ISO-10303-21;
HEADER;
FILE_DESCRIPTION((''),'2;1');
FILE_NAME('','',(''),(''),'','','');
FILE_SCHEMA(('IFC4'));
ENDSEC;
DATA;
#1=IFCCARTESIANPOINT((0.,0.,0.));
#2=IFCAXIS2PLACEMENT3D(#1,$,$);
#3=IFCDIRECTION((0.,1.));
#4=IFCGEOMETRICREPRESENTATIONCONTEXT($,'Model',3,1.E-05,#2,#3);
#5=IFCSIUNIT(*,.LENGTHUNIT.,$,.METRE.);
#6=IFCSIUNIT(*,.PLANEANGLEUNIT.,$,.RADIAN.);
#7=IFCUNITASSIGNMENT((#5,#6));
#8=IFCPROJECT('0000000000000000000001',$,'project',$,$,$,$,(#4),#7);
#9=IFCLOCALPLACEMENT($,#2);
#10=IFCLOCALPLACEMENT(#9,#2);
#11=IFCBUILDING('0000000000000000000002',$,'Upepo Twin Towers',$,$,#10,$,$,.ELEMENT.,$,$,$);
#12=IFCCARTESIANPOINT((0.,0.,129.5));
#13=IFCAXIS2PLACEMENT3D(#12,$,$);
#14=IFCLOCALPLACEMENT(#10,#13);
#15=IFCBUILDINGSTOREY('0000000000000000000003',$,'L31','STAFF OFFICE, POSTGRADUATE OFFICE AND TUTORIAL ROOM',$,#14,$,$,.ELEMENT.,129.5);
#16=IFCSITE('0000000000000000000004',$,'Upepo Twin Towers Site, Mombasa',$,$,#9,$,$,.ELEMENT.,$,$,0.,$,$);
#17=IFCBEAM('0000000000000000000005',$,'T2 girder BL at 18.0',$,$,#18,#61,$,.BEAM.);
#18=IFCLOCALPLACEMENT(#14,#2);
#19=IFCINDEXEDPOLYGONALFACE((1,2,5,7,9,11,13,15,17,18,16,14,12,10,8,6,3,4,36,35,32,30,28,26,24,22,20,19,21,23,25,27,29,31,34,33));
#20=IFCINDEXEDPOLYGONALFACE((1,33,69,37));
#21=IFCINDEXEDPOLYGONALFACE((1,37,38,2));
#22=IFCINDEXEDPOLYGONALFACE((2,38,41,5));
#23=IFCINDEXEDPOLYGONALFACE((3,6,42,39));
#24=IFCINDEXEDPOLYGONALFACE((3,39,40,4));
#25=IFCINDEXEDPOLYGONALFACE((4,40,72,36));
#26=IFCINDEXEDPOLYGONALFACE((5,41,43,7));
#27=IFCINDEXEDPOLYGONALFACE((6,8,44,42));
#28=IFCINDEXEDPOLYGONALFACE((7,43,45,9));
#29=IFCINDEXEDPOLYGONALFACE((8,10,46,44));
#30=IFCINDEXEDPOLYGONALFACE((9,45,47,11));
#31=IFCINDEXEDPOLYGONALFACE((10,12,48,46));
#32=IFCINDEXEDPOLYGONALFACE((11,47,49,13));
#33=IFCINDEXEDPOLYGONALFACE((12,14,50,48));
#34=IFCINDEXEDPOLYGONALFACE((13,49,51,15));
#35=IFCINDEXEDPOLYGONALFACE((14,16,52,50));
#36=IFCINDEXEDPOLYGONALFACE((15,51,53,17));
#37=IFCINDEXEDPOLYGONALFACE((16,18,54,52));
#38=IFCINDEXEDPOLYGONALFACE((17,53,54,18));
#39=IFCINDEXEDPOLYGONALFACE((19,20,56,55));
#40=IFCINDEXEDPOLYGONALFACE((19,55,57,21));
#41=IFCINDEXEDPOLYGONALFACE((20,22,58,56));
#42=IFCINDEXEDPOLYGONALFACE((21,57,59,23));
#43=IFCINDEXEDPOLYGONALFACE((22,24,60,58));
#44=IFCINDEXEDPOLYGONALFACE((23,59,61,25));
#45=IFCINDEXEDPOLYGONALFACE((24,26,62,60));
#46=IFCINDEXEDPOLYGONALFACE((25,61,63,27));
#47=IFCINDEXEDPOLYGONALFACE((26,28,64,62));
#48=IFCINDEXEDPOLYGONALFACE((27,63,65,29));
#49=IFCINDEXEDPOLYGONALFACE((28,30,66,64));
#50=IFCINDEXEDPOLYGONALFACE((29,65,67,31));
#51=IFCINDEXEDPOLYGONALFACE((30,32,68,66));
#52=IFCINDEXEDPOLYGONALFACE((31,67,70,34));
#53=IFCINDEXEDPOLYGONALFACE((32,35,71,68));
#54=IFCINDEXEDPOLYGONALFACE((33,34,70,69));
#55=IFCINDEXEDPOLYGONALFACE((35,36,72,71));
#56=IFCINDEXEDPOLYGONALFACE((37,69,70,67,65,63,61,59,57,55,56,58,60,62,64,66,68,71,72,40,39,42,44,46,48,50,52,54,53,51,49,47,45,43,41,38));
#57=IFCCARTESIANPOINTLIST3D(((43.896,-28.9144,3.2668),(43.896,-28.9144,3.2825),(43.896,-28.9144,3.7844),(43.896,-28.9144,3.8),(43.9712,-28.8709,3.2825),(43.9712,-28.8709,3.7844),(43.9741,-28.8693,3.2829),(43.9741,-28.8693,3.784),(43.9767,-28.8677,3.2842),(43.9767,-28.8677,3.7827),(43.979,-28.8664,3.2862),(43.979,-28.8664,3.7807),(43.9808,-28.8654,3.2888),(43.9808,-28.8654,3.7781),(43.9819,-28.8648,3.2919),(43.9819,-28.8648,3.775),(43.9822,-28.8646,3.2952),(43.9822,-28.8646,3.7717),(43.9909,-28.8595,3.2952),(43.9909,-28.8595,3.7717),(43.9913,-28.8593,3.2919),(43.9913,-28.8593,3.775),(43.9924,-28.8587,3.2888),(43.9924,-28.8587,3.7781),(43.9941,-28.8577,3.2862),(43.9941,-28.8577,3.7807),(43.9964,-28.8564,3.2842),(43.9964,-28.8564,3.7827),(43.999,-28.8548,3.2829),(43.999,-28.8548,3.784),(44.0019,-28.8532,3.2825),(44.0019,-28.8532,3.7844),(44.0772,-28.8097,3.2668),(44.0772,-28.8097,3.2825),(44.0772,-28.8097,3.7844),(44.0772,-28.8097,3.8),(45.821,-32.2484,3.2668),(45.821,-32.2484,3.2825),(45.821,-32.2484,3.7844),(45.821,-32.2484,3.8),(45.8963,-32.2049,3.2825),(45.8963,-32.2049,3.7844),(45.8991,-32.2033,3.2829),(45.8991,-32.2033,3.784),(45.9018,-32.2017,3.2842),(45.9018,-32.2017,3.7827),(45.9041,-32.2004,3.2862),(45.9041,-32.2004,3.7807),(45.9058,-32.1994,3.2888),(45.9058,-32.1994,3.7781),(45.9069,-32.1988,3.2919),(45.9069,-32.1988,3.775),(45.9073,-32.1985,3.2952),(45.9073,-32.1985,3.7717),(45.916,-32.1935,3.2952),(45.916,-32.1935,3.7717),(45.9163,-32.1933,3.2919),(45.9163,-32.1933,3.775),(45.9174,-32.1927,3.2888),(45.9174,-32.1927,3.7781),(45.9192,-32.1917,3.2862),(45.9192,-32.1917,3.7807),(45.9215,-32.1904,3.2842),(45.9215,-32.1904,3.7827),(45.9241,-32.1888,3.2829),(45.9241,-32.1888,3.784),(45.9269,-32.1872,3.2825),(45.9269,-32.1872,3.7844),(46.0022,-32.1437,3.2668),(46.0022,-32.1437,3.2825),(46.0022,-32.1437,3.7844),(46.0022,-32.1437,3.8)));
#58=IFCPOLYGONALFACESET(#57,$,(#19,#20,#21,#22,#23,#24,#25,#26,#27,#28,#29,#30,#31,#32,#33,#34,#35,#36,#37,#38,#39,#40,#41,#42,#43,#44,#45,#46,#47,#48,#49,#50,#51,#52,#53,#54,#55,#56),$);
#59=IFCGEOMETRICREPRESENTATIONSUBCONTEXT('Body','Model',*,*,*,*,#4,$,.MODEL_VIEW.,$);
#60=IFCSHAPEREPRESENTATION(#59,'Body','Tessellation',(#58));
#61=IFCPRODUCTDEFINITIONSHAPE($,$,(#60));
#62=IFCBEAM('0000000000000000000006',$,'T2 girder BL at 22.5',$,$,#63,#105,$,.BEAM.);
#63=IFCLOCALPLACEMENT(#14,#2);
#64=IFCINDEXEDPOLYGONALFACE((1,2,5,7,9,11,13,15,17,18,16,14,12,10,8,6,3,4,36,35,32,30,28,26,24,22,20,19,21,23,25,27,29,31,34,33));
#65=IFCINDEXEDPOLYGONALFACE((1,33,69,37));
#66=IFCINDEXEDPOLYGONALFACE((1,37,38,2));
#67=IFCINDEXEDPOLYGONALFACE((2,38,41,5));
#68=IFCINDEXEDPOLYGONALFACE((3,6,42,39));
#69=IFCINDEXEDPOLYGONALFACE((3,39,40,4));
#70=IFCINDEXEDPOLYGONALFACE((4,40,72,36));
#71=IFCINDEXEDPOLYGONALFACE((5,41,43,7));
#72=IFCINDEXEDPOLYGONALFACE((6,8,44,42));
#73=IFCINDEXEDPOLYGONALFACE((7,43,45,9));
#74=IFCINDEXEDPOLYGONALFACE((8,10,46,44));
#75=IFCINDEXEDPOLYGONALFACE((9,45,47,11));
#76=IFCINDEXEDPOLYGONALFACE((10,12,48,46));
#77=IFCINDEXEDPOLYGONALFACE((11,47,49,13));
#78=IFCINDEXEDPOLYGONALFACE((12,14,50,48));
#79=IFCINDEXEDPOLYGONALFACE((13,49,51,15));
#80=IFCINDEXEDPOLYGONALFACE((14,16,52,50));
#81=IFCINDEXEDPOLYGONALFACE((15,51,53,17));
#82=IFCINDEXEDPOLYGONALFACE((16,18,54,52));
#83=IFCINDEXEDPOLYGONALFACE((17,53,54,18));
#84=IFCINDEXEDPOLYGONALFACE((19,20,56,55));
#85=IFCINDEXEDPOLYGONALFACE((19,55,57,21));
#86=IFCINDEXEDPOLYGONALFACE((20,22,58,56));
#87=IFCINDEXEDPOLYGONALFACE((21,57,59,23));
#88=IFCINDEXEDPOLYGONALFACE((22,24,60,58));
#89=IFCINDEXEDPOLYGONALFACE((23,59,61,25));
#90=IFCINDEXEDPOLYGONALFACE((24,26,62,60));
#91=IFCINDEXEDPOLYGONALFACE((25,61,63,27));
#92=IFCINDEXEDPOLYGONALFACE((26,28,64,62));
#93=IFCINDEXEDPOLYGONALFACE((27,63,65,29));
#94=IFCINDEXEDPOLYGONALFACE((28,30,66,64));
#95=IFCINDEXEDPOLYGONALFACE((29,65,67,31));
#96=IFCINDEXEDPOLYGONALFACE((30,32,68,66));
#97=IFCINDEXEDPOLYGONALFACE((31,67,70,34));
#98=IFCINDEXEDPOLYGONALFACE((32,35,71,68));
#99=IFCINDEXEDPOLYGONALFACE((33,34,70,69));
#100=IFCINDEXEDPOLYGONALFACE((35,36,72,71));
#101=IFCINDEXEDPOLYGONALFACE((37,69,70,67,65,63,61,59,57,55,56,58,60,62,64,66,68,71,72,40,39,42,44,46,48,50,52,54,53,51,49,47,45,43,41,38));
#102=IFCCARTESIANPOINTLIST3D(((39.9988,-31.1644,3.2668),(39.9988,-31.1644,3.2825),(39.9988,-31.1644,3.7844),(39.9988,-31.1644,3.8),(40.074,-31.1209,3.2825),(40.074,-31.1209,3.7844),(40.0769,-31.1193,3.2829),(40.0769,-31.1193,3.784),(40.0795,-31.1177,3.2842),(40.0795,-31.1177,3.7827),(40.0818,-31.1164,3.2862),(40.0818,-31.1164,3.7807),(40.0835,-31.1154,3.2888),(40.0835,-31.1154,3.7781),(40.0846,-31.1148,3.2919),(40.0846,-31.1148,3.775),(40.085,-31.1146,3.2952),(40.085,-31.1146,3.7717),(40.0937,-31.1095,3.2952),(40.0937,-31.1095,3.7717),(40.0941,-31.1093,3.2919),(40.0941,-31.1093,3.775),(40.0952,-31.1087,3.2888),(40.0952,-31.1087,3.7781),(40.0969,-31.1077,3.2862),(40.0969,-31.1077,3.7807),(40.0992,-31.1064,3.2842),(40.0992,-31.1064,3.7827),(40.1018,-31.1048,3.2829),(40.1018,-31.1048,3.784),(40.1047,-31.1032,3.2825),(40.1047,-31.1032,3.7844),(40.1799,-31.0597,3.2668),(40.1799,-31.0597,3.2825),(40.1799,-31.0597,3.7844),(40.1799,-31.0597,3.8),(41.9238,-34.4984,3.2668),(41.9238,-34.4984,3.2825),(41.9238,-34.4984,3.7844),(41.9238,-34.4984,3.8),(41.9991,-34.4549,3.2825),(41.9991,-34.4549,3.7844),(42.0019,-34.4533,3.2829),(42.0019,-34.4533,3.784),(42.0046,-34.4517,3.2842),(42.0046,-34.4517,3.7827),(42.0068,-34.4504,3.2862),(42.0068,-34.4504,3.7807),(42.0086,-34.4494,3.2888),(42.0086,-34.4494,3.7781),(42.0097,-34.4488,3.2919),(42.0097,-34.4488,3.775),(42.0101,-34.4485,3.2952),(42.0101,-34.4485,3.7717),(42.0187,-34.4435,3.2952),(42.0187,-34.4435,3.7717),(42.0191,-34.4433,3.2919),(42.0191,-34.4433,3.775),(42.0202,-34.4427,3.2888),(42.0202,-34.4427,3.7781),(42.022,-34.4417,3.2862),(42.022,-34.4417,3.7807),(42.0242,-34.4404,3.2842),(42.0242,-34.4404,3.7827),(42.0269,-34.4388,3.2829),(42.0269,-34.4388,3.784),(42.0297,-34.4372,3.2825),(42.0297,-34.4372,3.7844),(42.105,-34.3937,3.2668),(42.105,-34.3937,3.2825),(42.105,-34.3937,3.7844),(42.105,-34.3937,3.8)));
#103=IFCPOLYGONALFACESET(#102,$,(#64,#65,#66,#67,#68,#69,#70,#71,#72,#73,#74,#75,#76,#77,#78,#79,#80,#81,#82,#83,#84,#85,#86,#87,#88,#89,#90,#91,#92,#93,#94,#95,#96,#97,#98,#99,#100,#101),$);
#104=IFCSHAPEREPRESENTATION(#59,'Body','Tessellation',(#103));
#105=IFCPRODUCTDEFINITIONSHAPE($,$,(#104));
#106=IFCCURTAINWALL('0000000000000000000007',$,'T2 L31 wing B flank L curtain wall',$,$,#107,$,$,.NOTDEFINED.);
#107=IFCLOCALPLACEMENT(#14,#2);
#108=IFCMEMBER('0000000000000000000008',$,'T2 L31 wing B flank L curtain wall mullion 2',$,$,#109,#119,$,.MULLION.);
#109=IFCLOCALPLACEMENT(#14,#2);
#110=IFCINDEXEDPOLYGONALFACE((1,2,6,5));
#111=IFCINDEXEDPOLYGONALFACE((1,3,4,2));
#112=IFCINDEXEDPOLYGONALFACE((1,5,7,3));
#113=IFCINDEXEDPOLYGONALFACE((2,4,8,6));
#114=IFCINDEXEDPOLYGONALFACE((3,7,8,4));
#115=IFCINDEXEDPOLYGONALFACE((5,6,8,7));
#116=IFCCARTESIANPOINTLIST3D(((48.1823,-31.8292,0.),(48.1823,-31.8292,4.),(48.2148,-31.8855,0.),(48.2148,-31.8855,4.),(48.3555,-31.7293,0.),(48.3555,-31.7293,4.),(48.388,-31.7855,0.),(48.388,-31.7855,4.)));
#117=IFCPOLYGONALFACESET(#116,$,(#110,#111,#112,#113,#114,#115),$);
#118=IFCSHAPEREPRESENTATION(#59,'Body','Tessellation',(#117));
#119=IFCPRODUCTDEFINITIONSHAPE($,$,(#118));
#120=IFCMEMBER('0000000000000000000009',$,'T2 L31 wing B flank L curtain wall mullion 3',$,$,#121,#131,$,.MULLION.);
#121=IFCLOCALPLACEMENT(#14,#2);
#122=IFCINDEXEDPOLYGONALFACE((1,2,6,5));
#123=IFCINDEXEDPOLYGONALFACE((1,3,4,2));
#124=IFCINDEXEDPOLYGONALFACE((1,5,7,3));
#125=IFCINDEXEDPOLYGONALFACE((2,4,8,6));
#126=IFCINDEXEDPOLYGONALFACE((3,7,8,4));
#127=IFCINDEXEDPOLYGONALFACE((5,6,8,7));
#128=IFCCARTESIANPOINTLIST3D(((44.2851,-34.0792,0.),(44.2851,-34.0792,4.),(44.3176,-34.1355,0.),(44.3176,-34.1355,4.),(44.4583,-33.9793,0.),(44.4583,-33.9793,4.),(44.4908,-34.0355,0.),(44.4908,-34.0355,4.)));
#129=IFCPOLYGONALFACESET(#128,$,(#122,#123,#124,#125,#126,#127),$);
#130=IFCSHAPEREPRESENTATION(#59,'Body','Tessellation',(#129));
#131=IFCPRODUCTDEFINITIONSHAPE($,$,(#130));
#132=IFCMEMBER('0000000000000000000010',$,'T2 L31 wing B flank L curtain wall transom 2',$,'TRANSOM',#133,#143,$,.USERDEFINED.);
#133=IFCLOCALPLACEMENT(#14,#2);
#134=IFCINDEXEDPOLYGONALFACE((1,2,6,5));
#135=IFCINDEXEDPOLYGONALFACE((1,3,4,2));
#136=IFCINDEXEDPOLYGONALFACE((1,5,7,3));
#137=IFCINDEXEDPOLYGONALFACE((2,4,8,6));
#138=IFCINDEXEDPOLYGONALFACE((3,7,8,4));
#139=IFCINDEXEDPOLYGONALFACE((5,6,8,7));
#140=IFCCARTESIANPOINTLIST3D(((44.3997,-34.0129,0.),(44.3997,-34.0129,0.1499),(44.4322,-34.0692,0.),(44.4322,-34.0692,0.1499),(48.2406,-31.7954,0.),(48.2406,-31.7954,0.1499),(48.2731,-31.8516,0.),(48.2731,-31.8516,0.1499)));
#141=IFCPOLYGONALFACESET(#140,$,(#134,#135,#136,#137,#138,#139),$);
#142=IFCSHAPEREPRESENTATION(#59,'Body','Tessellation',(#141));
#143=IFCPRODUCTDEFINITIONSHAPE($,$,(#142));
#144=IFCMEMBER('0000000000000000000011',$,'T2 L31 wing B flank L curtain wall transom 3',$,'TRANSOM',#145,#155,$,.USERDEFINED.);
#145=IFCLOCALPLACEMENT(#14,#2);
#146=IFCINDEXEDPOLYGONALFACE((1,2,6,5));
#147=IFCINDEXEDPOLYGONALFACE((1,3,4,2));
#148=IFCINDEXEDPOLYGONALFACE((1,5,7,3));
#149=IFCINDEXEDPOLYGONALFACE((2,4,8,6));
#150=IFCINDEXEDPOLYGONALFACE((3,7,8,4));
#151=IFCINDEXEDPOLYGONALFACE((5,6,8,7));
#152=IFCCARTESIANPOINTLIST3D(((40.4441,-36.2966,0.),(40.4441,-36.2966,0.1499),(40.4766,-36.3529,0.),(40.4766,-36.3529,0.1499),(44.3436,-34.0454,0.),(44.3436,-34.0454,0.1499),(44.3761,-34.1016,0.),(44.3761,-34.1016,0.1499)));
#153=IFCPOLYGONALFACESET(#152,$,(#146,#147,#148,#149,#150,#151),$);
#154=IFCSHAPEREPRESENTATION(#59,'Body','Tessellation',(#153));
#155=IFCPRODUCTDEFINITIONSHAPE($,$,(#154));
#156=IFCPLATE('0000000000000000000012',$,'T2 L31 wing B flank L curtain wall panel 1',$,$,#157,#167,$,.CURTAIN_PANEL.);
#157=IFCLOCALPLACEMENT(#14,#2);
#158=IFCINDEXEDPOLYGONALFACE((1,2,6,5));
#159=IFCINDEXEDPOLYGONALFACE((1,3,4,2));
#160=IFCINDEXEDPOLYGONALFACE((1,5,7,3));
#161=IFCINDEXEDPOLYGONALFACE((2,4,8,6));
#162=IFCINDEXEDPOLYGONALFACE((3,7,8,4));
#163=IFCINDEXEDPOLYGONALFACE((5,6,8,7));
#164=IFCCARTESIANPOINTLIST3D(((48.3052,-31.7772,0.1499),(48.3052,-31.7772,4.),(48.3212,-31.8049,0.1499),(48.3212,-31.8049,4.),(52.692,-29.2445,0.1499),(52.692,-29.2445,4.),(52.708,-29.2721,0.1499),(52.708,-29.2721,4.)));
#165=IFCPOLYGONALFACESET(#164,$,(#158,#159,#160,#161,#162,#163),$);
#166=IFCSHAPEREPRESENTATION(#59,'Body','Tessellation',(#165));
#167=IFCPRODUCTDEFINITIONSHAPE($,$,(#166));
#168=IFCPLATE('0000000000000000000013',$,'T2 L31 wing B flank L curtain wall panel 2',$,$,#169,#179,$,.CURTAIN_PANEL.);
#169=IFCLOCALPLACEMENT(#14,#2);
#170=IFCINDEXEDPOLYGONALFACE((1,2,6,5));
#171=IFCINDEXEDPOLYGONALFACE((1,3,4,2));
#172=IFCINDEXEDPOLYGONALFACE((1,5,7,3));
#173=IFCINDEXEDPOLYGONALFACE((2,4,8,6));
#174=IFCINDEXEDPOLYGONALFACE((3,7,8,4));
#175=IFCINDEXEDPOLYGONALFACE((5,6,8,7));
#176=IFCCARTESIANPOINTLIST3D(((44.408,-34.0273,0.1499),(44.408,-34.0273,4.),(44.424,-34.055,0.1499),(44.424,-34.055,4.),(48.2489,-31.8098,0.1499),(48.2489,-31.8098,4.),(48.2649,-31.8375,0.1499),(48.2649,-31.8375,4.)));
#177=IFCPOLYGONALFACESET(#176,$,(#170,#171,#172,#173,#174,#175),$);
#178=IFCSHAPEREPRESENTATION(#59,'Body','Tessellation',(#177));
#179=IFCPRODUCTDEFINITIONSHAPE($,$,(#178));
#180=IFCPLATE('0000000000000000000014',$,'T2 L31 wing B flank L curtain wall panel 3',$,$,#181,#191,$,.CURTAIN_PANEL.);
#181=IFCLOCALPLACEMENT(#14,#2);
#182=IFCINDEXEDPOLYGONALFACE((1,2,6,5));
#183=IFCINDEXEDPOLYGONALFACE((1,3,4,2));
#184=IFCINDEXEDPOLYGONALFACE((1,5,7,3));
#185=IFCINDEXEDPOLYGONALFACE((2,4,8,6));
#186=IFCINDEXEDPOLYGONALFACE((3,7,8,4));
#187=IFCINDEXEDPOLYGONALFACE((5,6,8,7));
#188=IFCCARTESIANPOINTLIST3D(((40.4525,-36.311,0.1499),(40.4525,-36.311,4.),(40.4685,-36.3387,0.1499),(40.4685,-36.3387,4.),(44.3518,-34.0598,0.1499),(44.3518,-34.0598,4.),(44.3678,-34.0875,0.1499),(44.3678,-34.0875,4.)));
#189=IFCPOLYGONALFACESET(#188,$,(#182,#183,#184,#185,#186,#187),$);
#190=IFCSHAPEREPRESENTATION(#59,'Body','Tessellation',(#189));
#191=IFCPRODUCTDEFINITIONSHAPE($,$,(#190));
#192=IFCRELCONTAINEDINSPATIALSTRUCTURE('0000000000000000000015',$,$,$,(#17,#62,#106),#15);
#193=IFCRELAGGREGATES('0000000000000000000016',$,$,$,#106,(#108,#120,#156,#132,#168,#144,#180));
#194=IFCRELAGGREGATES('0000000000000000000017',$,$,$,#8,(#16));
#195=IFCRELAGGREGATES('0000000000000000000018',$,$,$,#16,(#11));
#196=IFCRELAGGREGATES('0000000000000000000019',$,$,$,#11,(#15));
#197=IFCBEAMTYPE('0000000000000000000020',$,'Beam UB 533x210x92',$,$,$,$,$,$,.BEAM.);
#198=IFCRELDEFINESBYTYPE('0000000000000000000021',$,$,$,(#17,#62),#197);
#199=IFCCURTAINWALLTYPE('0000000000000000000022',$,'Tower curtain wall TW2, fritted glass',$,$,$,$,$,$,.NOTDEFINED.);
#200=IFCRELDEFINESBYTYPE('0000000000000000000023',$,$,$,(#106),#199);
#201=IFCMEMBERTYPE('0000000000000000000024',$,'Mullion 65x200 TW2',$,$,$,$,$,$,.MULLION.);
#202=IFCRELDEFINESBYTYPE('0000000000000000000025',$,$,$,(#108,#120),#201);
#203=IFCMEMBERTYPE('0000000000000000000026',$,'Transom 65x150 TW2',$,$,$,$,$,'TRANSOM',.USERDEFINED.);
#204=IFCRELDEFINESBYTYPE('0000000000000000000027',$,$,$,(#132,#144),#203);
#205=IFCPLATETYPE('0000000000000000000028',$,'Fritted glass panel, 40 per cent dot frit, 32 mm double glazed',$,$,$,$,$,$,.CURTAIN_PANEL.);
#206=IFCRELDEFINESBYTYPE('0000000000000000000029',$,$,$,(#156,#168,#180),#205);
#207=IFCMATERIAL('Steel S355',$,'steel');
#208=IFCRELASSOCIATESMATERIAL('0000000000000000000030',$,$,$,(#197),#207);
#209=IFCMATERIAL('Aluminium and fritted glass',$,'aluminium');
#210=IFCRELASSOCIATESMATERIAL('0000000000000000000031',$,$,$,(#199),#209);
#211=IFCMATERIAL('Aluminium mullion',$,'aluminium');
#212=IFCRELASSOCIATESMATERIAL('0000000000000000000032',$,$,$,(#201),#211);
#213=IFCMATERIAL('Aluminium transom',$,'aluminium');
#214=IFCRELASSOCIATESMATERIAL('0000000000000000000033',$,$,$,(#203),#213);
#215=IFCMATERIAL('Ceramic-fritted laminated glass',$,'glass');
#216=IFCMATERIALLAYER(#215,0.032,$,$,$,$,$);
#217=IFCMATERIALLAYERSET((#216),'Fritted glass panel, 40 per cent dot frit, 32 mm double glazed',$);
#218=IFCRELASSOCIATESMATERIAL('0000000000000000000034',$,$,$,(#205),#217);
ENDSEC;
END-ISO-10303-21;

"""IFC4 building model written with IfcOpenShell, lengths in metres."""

from ifc_helpers import new_model, si_unit, direction, frame, origin, origin_2d, place, context, subcontext, project, spatial, rectangle, i_section, extrude, material, layer, layer_set, material_profile, profile_set, type_object, element, aggregate, save


model = new_model("IFC4")

# Units and contexts
model_context = context("Model", 3, precision=1e-05, world=origin(), true_north=direction((0.0, 1.0)))
body_context = subcontext(model_context, "Body", "Model", "MODEL_VIEW")
ifc_project = project(units=[si_unit("LENGTHUNIT", "METRE"), si_unit("PLANEANGLEUNIT", "RADIAN")], contexts=[model_context])

# Site, building, storey
site_placement = place(None, origin())
site = spatial("IfcSite", under=ifc_project, at=site_placement, Name="Upepo Twin Towers Site, Mombasa", CompositionType="ELEMENT", RefElevation=0.0)
building_placement = place(site_placement, origin())
building = spatial("IfcBuilding", under=site, at=building_placement, Name="Upepo Twin Towers", CompositionType="ELEMENT")
storey_placement = place(building_placement, frame((0.0, 0.0, 129.5)))
storey = spatial("IfcBuildingStorey", under=building, at=storey_placement, Name="L31", Description="STAFF OFFICE, POSTGRADUATE OFFICE AND TUTORIAL ROOM", CompositionType="ELEMENT", Elevation=129.5)

# Beams
ifc_material_1 = material(Name="Steel S355", Category="steel")
ifc_material_profile_1 = material_profile(ifc_material_1, i_section(OverallWidth=0.2092, OverallDepth=0.5332, WebThickness=0.01, FlangeThickness=0.0156, FilletRadius=0.0127, at=origin_2d()), Name="UB 533x210x92")
ifc_profile_set_1 = profile_set([ifc_material_profile_1], Name="Steel S355")
beam_type_1 = type_object("IfcBeamType", Name="Beam UB 533x210x92", PredefinedType="BEAM", material=ifc_profile_set_1)
for number, where, z_axis, x_axis, name in (
    (1, (45.9116, -32.196, 3.5334), (-0.500034, 0.866006, 0.0), (-0.866006, -0.500034, 0.0), "T2 girder BL at 18.0"),
    (2, (42.0144, -34.446, 3.5334), (-0.500034, 0.866006, 0.0), (-0.866006, -0.500034, 0.0), "T2 girder BL at 22.5"),
):
    element("IfcBeam", number, at=place(storey_placement, frame(where, z_axis=z_axis, x_axis=x_axis)), inside=storey, type_object=beam_type_1, Name=name, PredefinedType="BEAM", context=body_context, shape_type="SweptSolid", body=[
        extrude(i_section(OverallWidth=0.2092, OverallDepth=0.5332, WebThickness=0.01, FlangeThickness=0.0156, FilletRadius=0.0127, at=origin_2d()), origin(), (0.0, 0.0, 1.0), 3.8499),
    ])

# Curtain wall, members, plates
ifc_material_2 = material(Name="Aluminium and fritted glass", Category="aluminium")
curtain_wall_type = type_object("IfcCurtainWallType", Name="Tower curtain wall TW2, fritted glass", PredefinedType="NOTDEFINED", material=ifc_material_2)
curtain_wall_placement = place(storey_placement, origin())
curtain_wall = element("IfcCurtainWall", 3, at=curtain_wall_placement, inside=storey, type_object=curtain_wall_type, Name="T2 L31 wing B flank L curtain wall", PredefinedType="NOTDEFINED")
ifc_material_3 = material(Name="Aluminium mullion", Category="aluminium")
ifc_material_profile_2 = material_profile(ifc_material_3, rectangle(XDim=0.0649, YDim=0.2, at=origin_2d()), Name="MULLION 65x200")
ifc_profile_set_2 = profile_set([ifc_material_profile_2], Name="Aluminium mullion")
member_type_1 = type_object("IfcMemberType", Name="Mullion 65x200 TW2", PredefinedType="MULLION", material=ifc_profile_set_2)
member_1_placement = place(storey_placement, frame((48.2852, -31.8074, 0.0), z_axis=(0.0, 0.0, 1.0), x_axis=(0.5, -0.866025, 0.0)))
member_1 = element("IfcMember", 4, at=member_1_placement, type_object=member_type_1, Name="T2 L31 wing B flank L curtain wall mullion 2", PredefinedType="MULLION", context=body_context, shape_type="SweptSolid", body=[
    extrude(rectangle(XDim=0.0649, YDim=0.2, at=origin_2d()), origin(), (0.0, 0.0, 1.0), 4.0),
])
member_2_placement = place(storey_placement, frame((44.3879, -34.0574, 0.0), z_axis=(0.0, 0.0, 1.0), x_axis=(0.5, -0.866025, 0.0)))
member_2 = element("IfcMember", 5, at=member_2_placement, type_object=member_type_1, Name="T2 L31 wing B flank L curtain wall mullion 3", PredefinedType="MULLION", context=body_context, shape_type="SweptSolid", body=[
    extrude(rectangle(XDim=0.0649, YDim=0.2, at=origin_2d()), origin(), (0.0, 0.0, 1.0), 4.0),
])
ifc_material_4 = material(Name="Aluminium transom", Category="aluminium")
ifc_material_profile_3 = material_profile(ifc_material_4, rectangle(XDim=0.0649, YDim=0.1499, at=origin_2d()), Name="TRANSOM 65x150")
ifc_profile_set_3 = profile_set([ifc_material_profile_3], Name="Aluminium transom")
member_type_2 = type_object("IfcMemberType", Name="Transom 65x150 TW2", ElementType="TRANSOM", PredefinedType="USERDEFINED", material=ifc_profile_set_3)
member_3_placement = place(storey_placement, frame((48.2568, -31.8235, 0.075), z_axis=(-0.866022, -0.500005, 0.0), x_axis=(0.500005, -0.866022, 0.0)))
member_3 = element("IfcMember", 6, at=member_3_placement, type_object=member_type_2, Name="T2 L31 wing B flank L curtain wall transom 2", ObjectType="TRANSOM", PredefinedType="USERDEFINED", context=body_context, shape_type="SweptSolid", body=[
    extrude(rectangle(XDim=0.0649, YDim=0.1499, at=origin_2d()), origin(), (0.0, 0.0, 1.0), 4.4351),
])
member_4_placement = place(storey_placement, frame((44.3599, -34.0735, 0.075), z_axis=(-0.866036, -0.499982, 0.0), x_axis=(0.499982, -0.866036, 0.0)))
member_4 = element("IfcMember", 7, at=member_4_placement, type_object=member_type_2, Name="T2 L31 wing B flank L curtain wall transom 3", ObjectType="TRANSOM", PredefinedType="USERDEFINED", context=body_context, shape_type="SweptSolid", body=[
    extrude(rectangle(XDim=0.0649, YDim=0.1499, at=origin_2d()), origin(), (0.0, 0.0, 1.0), 4.5027),
])
ifc_material_5 = material(Name="Ceramic-fritted laminated glass", Category="glass")
ifc_layer_1 = layer(ifc_material_5, 0.032)
ifc_layer_set_1 = layer_set([ifc_layer_1], Name="Fritted glass panel, 40 per cent dot frit, 32 mm double glazed")
plate_type = type_object("IfcPlateType", Name="Fritted glass panel, 40 per cent dot frit, 32 mm double glazed", PredefinedType="CURTAIN_PANEL", material=ifc_layer_set_1)
plate_1_placement = place(storey_placement, frame((50.5066, -30.5247, 0.1499), z_axis=(0.0, 0.0, 1.0), x_axis=(-0.866025, -0.5, 0.0)))
plate_1 = element("IfcPlate", 8, at=plate_1_placement, type_object=plate_type, Name="T2 L31 wing B flank L curtain wall panel 1", PredefinedType="CURTAIN_PANEL", context=body_context, shape_type="SweptSolid", body=[
    extrude(rectangle(XDim=5.0654, YDim=0.032, at=origin_2d()), origin(), (0.0, 0.0, 1.0), 3.8501),
])
plate_2_placement = place(storey_placement, frame((46.3364, -32.9324, 0.1499), z_axis=(0.0, 0.0, 1.0), x_axis=(-0.866025, -0.5, 0.0)))
plate_2 = element("IfcPlate", 9, at=plate_2_placement, type_object=plate_type, Name="T2 L31 wing B flank L curtain wall panel 2", PredefinedType="CURTAIN_PANEL", context=body_context, shape_type="SweptSolid", body=[
    extrude(rectangle(XDim=4.4351, YDim=0.032, at=origin_2d()), origin(), (0.0, 0.0, 1.0), 3.8501),
])
plate_3_placement = place(storey_placement, frame((42.4102, -35.1992, 0.1499), z_axis=(0.0, 0.0, 1.0), x_axis=(-0.866025, -0.5, 0.0)))
plate_3 = element("IfcPlate", 10, at=plate_3_placement, type_object=plate_type, Name="T2 L31 wing B flank L curtain wall panel 3", PredefinedType="CURTAIN_PANEL", context=body_context, shape_type="SweptSolid", body=[
    extrude(rectangle(XDim=4.5024, YDim=0.032, at=origin_2d()), origin(), (0.0, 0.0, 1.0), 3.8501),
])
aggregate(curtain_wall, [member_1, member_2, plate_1, member_3, plate_2, member_4, plate_3])

save(model, "model.ifc")
